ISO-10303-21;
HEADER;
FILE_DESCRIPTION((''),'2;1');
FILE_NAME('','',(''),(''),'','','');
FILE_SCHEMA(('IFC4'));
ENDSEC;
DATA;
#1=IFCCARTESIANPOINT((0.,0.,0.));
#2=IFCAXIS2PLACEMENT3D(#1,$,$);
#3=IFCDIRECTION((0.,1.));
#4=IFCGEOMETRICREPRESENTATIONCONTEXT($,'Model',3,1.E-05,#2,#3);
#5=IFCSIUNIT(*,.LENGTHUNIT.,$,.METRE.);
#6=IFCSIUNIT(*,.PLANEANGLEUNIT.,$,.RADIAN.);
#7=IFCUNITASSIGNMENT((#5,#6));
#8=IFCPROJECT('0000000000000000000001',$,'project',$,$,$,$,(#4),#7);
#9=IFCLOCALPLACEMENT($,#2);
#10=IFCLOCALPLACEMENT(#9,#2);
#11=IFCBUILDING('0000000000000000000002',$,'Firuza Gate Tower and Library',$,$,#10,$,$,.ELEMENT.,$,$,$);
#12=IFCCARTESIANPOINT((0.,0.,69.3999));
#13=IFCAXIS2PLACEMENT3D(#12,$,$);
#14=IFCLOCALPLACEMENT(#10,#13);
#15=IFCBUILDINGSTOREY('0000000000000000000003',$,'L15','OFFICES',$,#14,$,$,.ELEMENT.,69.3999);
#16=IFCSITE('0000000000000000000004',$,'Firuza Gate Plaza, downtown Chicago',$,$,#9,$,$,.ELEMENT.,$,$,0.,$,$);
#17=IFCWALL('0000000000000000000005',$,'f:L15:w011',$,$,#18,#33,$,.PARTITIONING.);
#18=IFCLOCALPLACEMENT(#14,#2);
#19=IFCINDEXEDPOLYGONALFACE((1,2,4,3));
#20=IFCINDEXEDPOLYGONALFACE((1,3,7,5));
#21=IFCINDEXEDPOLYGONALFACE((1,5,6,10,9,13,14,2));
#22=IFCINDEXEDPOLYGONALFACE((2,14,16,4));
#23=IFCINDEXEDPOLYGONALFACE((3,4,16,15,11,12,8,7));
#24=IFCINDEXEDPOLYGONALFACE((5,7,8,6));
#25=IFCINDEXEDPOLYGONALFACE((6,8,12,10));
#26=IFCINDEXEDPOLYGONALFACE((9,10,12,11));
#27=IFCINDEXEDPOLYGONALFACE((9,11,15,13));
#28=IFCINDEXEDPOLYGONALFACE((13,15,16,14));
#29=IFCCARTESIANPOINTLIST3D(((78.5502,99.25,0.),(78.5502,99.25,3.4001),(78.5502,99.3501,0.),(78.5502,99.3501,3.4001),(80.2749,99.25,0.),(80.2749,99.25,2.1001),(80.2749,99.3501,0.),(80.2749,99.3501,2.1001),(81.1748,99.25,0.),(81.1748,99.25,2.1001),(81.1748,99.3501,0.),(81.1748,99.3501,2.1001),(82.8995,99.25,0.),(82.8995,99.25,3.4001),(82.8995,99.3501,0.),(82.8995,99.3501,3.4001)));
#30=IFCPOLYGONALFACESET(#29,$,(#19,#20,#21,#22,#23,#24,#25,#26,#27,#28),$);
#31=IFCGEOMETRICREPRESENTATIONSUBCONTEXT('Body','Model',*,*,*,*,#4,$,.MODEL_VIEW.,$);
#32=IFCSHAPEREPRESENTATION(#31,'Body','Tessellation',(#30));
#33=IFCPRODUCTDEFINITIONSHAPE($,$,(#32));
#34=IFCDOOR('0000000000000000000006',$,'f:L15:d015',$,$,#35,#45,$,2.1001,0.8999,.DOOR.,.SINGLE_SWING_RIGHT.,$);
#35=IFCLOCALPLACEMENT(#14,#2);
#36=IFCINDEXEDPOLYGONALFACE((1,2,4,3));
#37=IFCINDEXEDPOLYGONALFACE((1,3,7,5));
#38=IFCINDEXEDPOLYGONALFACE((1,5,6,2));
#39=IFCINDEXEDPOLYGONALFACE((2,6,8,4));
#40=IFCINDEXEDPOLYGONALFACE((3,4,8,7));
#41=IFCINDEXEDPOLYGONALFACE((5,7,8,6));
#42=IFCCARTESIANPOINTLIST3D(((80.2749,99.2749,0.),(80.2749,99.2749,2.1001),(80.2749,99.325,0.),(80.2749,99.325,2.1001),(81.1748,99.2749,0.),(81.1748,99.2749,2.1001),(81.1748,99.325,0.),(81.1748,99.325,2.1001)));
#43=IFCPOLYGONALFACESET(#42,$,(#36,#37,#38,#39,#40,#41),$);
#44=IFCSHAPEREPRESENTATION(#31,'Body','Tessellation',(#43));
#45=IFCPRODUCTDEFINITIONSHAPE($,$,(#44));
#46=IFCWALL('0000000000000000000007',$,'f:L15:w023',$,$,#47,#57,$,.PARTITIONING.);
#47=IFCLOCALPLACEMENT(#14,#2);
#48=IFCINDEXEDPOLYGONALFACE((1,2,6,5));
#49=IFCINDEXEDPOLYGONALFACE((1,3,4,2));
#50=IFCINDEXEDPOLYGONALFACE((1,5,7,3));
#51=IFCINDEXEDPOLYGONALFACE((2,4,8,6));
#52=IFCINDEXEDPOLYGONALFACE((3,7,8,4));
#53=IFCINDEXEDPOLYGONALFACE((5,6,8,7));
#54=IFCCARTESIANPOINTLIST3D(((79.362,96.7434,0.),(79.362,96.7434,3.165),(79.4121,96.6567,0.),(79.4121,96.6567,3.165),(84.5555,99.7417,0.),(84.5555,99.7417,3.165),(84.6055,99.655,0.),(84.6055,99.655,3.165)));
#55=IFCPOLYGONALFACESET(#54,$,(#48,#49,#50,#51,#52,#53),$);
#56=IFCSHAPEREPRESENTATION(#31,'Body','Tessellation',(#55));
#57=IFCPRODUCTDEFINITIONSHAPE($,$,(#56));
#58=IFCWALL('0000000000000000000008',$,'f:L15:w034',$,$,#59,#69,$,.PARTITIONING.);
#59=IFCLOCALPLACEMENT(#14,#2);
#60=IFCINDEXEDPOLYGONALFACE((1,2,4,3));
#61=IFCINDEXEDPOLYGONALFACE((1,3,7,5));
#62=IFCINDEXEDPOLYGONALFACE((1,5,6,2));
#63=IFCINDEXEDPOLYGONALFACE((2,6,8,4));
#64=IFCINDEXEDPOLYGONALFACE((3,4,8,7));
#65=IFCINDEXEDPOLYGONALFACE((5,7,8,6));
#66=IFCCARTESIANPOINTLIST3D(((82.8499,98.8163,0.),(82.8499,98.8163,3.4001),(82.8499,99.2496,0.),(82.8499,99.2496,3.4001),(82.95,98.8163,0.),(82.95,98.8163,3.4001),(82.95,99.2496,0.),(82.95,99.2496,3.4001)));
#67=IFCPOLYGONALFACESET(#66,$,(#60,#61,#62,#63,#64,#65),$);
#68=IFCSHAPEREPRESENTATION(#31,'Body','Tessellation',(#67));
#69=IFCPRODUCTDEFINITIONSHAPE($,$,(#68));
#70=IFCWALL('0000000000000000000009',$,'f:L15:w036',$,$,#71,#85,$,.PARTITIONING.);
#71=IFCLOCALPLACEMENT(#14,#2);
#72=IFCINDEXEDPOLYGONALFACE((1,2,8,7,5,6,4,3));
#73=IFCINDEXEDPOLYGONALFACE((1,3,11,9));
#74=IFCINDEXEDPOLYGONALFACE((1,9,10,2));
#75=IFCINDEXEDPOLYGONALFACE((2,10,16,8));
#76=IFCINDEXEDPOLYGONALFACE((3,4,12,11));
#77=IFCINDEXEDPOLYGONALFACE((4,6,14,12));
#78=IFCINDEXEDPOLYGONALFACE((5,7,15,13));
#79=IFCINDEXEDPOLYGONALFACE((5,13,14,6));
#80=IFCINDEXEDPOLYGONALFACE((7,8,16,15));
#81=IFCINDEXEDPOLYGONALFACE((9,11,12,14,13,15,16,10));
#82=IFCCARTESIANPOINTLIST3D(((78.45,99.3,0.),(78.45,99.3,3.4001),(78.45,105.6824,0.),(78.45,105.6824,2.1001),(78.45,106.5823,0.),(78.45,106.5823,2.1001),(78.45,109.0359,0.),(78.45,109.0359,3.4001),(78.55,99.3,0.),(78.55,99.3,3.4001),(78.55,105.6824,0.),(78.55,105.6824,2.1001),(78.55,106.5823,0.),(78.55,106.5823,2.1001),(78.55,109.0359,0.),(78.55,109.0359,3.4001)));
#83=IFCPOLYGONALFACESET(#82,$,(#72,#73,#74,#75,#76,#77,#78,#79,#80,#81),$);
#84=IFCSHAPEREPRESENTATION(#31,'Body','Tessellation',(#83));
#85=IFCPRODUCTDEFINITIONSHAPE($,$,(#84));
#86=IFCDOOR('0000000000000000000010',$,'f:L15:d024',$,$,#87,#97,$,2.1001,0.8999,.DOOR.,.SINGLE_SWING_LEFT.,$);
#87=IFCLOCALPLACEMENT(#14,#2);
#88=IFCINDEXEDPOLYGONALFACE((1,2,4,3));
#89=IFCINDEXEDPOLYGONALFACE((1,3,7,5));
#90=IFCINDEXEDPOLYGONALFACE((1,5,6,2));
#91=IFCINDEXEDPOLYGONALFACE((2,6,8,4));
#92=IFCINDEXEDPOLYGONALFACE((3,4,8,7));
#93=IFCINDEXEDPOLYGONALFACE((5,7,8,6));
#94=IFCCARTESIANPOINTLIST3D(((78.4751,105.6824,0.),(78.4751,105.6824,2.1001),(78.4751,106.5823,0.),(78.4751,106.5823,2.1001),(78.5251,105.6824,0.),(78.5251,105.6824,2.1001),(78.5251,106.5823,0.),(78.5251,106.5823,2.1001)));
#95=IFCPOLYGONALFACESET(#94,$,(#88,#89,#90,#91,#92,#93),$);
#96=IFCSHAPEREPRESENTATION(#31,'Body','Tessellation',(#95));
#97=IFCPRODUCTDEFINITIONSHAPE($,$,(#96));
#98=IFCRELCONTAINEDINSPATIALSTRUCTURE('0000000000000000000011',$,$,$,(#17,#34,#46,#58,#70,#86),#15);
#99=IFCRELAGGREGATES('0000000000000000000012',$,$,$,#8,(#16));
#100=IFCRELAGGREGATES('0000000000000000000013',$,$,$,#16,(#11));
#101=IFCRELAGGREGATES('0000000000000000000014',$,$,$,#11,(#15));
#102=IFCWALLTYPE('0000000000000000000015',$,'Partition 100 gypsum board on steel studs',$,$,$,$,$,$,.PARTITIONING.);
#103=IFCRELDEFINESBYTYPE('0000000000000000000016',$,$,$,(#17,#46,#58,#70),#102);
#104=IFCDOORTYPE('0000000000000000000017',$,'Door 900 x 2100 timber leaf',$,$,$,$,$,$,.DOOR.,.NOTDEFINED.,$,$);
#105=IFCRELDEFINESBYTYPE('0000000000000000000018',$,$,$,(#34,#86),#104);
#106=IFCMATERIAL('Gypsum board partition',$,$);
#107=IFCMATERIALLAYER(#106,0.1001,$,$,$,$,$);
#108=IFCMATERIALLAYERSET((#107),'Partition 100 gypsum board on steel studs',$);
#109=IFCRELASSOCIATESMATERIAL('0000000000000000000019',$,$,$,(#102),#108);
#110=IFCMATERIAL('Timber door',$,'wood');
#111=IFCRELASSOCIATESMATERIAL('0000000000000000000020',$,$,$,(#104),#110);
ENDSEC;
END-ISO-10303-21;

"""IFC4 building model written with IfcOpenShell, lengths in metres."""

from ifc_helpers import new_model, si_unit, direction, frame, frame_2d, origin, place, context, subcontext, project, spatial, rectangle, extrude, material, layer, layer_set, type_object, element, fill, save


model = new_model("IFC4")

# Units and contexts
model_context = context("Model", 3, precision=1e-05, world=origin(), true_north=direction((0.0, 1.0)))
body_context = subcontext(model_context, "Body", "Model", "MODEL_VIEW")
ifc_project = project(units=[si_unit("LENGTHUNIT", "METRE"), si_unit("PLANEANGLEUNIT", "RADIAN")], contexts=[model_context])

# Site, building, storey
site_placement = place(None, origin())
site = spatial("IfcSite", under=ifc_project, at=site_placement, Name="Firuza Gate Plaza, downtown Chicago", CompositionType="ELEMENT", RefElevation=0.0)
building_placement = place(site_placement, origin())
building = spatial("IfcBuilding", under=site, at=building_placement, Name="Firuza Gate Tower and Library", CompositionType="ELEMENT")
storey_placement = place(building_placement, frame((0.0, 0.0, 69.3999)))
storey = spatial("IfcBuildingStorey", under=building, at=storey_placement, Name="L15", Description="OFFICES", CompositionType="ELEMENT", Elevation=69.3999)

# Wall, opening, door
ifc_material_1 = material(Name="Gypsum board partition")
ifc_layer_1 = layer(ifc_material_1, 0.1001)
ifc_layer_set_1 = layer_set([ifc_layer_1], Name="Partition 100 gypsum board on steel studs")
wall_type_1 = type_object("IfcWallType", Name="Partition 100 gypsum board on steel studs", PredefinedType="PARTITIONING", material=ifc_layer_set_1)
wall_1_placement = place(storey_placement, frame((78.55, 99.3, 0.0), z_axis=(0.0, 0.0, 1.0), x_axis=(1.0, 0.0, 0.0)))
wall_1 = element("IfcWall", 1, at=wall_1_placement, inside=storey, type_object=wall_type_1, Name="f:L15:w011", PredefinedType="PARTITIONING", context=body_context, shape_type="SweptSolid", body=[
    extrude(rectangle(XDim=4.3494, YDim=0.1001, at=frame_2d((2.1748, 0.0))), origin(), (0.0, 0.0, 1.0), 3.4001),
])
opening_1_placement = place(wall_1_placement, frame((1.7249, 0.0, 0.0)))
opening_1 = element("IfcOpeningElement", 2, at=opening_1_placement, cuts=wall_1, PredefinedType="OPENING", context=body_context, shape_type="SweptSolid", body=[
    extrude(rectangle(XDim=0.8999, YDim=2.1001, at=frame_2d((0.45, 1.05))), frame((0.0, 0.0601, 0.0), z_axis=(0.0, -1.0, 0.0), x_axis=(1.0, 0.0, 0.0)), (0.0, 0.0, 1.0), 0.1201),
])
ifc_material_2 = material(Name="Timber door", Category="wood")
door_type_1 = type_object("IfcDoorType", Name="Door 900 x 2100 timber leaf", OperationType="NOTDEFINED", PredefinedType="DOOR", material=ifc_material_2)
door_1_placement = place(opening_1_placement, origin())
door_1 = element("IfcDoor", 3, at=door_1_placement, inside=storey, type_object=door_type_1, Name="f:L15:d015", OperationType="SINGLE_SWING_RIGHT", OverallHeight=2.1001, OverallWidth=0.8999, PredefinedType="DOOR", context=body_context, shape_type="SweptSolid", body=[
    extrude(rectangle(XDim=0.8999, YDim=2.1001, at=frame_2d((0.45, 1.05))), frame((0.0, 0.0249, 0.0), z_axis=(0.0, -1.0, 0.0), x_axis=(1.0, 0.0, 0.0)), (0.0, 0.0, 1.0), 0.05),
])
fill(opening_1, door_1)

# Walls
wall_2_placement = place(storey_placement, frame((79.387, 96.7, 0.0), z_axis=(0.0, 0.0, 1.0), x_axis=(0.866032, 0.499988, 0.0)))
element("IfcWall", 4, at=wall_2_placement, inside=storey, type_object=wall_type_1, Name="f:L15:w023", PredefinedType="PARTITIONING", context=body_context, shape_type="SweptSolid", body=[
    extrude(rectangle(XDim=5.9968, YDim=0.1001, at=frame_2d((2.9985, 0.0))), origin(), (0.0, 0.0, 1.0), 3.165),
])
wall_3_placement = place(storey_placement, frame((82.8999, 98.8162, 0.0), z_axis=(0.0, 0.0, 1.0), x_axis=(0.0, 1.0, 0.0)))
element("IfcWall", 5, at=wall_3_placement, inside=storey, type_object=wall_type_1, Name="f:L15:w034", PredefinedType="PARTITIONING", context=body_context, shape_type="SweptSolid", body=[
    extrude(rectangle(XDim=0.4333, YDim=0.1001, at=frame_2d((0.2168, 0.0))), origin(), (0.0, 0.0, 1.0), 3.4001),
])

# Wall, opening, door
wall_4_placement = place(storey_placement, frame((78.5, 99.3, 0.0), z_axis=(0.0, 0.0, 1.0), x_axis=(0.0, 1.0, 0.0)))
wall_4 = element("IfcWall", 6, at=wall_4_placement, inside=storey, type_object=wall_type_1, Name="f:L15:w036", PredefinedType="PARTITIONING", context=body_context, shape_type="SweptSolid", body=[
    extrude(rectangle(XDim=9.7358, YDim=0.1001, at=frame_2d((4.8679, 0.0))), origin(), (0.0, 0.0, 1.0), 3.4001),
])
opening_2_placement = place(wall_4_placement, frame((6.3823, 0.0, 0.0)))
opening_2 = element("IfcOpeningElement", 7, at=opening_2_placement, cuts=wall_4, PredefinedType="OPENING", context=body_context, shape_type="SweptSolid", body=[
    extrude(rectangle(XDim=0.8999, YDim=2.1001, at=frame_2d((0.45, 1.05))), frame((0.0, 0.0601, 0.0), z_axis=(0.0, -1.0, 0.0), x_axis=(1.0, 0.0, 0.0)), (0.0, 0.0, 1.0), 0.1201),
])
door_2_placement = place(opening_2_placement, origin())
door_2 = element("IfcDoor", 8, at=door_2_placement, inside=storey, type_object=door_type_1, Name="f:L15:d024", OperationType="SINGLE_SWING_LEFT", OverallHeight=2.1001, OverallWidth=0.8999, PredefinedType="DOOR", context=body_context, shape_type="SweptSolid", body=[
    extrude(rectangle(XDim=0.8999, YDim=2.1001, at=frame_2d((0.45, 1.05))), frame((0.0, 0.0249, 0.0), z_axis=(0.0, -1.0, 0.0), x_axis=(1.0, 0.0, 0.0)), (0.0, 0.0, 1.0), 0.05),
])
fill(opening_2, door_2)

save(model, "model.ifc")
